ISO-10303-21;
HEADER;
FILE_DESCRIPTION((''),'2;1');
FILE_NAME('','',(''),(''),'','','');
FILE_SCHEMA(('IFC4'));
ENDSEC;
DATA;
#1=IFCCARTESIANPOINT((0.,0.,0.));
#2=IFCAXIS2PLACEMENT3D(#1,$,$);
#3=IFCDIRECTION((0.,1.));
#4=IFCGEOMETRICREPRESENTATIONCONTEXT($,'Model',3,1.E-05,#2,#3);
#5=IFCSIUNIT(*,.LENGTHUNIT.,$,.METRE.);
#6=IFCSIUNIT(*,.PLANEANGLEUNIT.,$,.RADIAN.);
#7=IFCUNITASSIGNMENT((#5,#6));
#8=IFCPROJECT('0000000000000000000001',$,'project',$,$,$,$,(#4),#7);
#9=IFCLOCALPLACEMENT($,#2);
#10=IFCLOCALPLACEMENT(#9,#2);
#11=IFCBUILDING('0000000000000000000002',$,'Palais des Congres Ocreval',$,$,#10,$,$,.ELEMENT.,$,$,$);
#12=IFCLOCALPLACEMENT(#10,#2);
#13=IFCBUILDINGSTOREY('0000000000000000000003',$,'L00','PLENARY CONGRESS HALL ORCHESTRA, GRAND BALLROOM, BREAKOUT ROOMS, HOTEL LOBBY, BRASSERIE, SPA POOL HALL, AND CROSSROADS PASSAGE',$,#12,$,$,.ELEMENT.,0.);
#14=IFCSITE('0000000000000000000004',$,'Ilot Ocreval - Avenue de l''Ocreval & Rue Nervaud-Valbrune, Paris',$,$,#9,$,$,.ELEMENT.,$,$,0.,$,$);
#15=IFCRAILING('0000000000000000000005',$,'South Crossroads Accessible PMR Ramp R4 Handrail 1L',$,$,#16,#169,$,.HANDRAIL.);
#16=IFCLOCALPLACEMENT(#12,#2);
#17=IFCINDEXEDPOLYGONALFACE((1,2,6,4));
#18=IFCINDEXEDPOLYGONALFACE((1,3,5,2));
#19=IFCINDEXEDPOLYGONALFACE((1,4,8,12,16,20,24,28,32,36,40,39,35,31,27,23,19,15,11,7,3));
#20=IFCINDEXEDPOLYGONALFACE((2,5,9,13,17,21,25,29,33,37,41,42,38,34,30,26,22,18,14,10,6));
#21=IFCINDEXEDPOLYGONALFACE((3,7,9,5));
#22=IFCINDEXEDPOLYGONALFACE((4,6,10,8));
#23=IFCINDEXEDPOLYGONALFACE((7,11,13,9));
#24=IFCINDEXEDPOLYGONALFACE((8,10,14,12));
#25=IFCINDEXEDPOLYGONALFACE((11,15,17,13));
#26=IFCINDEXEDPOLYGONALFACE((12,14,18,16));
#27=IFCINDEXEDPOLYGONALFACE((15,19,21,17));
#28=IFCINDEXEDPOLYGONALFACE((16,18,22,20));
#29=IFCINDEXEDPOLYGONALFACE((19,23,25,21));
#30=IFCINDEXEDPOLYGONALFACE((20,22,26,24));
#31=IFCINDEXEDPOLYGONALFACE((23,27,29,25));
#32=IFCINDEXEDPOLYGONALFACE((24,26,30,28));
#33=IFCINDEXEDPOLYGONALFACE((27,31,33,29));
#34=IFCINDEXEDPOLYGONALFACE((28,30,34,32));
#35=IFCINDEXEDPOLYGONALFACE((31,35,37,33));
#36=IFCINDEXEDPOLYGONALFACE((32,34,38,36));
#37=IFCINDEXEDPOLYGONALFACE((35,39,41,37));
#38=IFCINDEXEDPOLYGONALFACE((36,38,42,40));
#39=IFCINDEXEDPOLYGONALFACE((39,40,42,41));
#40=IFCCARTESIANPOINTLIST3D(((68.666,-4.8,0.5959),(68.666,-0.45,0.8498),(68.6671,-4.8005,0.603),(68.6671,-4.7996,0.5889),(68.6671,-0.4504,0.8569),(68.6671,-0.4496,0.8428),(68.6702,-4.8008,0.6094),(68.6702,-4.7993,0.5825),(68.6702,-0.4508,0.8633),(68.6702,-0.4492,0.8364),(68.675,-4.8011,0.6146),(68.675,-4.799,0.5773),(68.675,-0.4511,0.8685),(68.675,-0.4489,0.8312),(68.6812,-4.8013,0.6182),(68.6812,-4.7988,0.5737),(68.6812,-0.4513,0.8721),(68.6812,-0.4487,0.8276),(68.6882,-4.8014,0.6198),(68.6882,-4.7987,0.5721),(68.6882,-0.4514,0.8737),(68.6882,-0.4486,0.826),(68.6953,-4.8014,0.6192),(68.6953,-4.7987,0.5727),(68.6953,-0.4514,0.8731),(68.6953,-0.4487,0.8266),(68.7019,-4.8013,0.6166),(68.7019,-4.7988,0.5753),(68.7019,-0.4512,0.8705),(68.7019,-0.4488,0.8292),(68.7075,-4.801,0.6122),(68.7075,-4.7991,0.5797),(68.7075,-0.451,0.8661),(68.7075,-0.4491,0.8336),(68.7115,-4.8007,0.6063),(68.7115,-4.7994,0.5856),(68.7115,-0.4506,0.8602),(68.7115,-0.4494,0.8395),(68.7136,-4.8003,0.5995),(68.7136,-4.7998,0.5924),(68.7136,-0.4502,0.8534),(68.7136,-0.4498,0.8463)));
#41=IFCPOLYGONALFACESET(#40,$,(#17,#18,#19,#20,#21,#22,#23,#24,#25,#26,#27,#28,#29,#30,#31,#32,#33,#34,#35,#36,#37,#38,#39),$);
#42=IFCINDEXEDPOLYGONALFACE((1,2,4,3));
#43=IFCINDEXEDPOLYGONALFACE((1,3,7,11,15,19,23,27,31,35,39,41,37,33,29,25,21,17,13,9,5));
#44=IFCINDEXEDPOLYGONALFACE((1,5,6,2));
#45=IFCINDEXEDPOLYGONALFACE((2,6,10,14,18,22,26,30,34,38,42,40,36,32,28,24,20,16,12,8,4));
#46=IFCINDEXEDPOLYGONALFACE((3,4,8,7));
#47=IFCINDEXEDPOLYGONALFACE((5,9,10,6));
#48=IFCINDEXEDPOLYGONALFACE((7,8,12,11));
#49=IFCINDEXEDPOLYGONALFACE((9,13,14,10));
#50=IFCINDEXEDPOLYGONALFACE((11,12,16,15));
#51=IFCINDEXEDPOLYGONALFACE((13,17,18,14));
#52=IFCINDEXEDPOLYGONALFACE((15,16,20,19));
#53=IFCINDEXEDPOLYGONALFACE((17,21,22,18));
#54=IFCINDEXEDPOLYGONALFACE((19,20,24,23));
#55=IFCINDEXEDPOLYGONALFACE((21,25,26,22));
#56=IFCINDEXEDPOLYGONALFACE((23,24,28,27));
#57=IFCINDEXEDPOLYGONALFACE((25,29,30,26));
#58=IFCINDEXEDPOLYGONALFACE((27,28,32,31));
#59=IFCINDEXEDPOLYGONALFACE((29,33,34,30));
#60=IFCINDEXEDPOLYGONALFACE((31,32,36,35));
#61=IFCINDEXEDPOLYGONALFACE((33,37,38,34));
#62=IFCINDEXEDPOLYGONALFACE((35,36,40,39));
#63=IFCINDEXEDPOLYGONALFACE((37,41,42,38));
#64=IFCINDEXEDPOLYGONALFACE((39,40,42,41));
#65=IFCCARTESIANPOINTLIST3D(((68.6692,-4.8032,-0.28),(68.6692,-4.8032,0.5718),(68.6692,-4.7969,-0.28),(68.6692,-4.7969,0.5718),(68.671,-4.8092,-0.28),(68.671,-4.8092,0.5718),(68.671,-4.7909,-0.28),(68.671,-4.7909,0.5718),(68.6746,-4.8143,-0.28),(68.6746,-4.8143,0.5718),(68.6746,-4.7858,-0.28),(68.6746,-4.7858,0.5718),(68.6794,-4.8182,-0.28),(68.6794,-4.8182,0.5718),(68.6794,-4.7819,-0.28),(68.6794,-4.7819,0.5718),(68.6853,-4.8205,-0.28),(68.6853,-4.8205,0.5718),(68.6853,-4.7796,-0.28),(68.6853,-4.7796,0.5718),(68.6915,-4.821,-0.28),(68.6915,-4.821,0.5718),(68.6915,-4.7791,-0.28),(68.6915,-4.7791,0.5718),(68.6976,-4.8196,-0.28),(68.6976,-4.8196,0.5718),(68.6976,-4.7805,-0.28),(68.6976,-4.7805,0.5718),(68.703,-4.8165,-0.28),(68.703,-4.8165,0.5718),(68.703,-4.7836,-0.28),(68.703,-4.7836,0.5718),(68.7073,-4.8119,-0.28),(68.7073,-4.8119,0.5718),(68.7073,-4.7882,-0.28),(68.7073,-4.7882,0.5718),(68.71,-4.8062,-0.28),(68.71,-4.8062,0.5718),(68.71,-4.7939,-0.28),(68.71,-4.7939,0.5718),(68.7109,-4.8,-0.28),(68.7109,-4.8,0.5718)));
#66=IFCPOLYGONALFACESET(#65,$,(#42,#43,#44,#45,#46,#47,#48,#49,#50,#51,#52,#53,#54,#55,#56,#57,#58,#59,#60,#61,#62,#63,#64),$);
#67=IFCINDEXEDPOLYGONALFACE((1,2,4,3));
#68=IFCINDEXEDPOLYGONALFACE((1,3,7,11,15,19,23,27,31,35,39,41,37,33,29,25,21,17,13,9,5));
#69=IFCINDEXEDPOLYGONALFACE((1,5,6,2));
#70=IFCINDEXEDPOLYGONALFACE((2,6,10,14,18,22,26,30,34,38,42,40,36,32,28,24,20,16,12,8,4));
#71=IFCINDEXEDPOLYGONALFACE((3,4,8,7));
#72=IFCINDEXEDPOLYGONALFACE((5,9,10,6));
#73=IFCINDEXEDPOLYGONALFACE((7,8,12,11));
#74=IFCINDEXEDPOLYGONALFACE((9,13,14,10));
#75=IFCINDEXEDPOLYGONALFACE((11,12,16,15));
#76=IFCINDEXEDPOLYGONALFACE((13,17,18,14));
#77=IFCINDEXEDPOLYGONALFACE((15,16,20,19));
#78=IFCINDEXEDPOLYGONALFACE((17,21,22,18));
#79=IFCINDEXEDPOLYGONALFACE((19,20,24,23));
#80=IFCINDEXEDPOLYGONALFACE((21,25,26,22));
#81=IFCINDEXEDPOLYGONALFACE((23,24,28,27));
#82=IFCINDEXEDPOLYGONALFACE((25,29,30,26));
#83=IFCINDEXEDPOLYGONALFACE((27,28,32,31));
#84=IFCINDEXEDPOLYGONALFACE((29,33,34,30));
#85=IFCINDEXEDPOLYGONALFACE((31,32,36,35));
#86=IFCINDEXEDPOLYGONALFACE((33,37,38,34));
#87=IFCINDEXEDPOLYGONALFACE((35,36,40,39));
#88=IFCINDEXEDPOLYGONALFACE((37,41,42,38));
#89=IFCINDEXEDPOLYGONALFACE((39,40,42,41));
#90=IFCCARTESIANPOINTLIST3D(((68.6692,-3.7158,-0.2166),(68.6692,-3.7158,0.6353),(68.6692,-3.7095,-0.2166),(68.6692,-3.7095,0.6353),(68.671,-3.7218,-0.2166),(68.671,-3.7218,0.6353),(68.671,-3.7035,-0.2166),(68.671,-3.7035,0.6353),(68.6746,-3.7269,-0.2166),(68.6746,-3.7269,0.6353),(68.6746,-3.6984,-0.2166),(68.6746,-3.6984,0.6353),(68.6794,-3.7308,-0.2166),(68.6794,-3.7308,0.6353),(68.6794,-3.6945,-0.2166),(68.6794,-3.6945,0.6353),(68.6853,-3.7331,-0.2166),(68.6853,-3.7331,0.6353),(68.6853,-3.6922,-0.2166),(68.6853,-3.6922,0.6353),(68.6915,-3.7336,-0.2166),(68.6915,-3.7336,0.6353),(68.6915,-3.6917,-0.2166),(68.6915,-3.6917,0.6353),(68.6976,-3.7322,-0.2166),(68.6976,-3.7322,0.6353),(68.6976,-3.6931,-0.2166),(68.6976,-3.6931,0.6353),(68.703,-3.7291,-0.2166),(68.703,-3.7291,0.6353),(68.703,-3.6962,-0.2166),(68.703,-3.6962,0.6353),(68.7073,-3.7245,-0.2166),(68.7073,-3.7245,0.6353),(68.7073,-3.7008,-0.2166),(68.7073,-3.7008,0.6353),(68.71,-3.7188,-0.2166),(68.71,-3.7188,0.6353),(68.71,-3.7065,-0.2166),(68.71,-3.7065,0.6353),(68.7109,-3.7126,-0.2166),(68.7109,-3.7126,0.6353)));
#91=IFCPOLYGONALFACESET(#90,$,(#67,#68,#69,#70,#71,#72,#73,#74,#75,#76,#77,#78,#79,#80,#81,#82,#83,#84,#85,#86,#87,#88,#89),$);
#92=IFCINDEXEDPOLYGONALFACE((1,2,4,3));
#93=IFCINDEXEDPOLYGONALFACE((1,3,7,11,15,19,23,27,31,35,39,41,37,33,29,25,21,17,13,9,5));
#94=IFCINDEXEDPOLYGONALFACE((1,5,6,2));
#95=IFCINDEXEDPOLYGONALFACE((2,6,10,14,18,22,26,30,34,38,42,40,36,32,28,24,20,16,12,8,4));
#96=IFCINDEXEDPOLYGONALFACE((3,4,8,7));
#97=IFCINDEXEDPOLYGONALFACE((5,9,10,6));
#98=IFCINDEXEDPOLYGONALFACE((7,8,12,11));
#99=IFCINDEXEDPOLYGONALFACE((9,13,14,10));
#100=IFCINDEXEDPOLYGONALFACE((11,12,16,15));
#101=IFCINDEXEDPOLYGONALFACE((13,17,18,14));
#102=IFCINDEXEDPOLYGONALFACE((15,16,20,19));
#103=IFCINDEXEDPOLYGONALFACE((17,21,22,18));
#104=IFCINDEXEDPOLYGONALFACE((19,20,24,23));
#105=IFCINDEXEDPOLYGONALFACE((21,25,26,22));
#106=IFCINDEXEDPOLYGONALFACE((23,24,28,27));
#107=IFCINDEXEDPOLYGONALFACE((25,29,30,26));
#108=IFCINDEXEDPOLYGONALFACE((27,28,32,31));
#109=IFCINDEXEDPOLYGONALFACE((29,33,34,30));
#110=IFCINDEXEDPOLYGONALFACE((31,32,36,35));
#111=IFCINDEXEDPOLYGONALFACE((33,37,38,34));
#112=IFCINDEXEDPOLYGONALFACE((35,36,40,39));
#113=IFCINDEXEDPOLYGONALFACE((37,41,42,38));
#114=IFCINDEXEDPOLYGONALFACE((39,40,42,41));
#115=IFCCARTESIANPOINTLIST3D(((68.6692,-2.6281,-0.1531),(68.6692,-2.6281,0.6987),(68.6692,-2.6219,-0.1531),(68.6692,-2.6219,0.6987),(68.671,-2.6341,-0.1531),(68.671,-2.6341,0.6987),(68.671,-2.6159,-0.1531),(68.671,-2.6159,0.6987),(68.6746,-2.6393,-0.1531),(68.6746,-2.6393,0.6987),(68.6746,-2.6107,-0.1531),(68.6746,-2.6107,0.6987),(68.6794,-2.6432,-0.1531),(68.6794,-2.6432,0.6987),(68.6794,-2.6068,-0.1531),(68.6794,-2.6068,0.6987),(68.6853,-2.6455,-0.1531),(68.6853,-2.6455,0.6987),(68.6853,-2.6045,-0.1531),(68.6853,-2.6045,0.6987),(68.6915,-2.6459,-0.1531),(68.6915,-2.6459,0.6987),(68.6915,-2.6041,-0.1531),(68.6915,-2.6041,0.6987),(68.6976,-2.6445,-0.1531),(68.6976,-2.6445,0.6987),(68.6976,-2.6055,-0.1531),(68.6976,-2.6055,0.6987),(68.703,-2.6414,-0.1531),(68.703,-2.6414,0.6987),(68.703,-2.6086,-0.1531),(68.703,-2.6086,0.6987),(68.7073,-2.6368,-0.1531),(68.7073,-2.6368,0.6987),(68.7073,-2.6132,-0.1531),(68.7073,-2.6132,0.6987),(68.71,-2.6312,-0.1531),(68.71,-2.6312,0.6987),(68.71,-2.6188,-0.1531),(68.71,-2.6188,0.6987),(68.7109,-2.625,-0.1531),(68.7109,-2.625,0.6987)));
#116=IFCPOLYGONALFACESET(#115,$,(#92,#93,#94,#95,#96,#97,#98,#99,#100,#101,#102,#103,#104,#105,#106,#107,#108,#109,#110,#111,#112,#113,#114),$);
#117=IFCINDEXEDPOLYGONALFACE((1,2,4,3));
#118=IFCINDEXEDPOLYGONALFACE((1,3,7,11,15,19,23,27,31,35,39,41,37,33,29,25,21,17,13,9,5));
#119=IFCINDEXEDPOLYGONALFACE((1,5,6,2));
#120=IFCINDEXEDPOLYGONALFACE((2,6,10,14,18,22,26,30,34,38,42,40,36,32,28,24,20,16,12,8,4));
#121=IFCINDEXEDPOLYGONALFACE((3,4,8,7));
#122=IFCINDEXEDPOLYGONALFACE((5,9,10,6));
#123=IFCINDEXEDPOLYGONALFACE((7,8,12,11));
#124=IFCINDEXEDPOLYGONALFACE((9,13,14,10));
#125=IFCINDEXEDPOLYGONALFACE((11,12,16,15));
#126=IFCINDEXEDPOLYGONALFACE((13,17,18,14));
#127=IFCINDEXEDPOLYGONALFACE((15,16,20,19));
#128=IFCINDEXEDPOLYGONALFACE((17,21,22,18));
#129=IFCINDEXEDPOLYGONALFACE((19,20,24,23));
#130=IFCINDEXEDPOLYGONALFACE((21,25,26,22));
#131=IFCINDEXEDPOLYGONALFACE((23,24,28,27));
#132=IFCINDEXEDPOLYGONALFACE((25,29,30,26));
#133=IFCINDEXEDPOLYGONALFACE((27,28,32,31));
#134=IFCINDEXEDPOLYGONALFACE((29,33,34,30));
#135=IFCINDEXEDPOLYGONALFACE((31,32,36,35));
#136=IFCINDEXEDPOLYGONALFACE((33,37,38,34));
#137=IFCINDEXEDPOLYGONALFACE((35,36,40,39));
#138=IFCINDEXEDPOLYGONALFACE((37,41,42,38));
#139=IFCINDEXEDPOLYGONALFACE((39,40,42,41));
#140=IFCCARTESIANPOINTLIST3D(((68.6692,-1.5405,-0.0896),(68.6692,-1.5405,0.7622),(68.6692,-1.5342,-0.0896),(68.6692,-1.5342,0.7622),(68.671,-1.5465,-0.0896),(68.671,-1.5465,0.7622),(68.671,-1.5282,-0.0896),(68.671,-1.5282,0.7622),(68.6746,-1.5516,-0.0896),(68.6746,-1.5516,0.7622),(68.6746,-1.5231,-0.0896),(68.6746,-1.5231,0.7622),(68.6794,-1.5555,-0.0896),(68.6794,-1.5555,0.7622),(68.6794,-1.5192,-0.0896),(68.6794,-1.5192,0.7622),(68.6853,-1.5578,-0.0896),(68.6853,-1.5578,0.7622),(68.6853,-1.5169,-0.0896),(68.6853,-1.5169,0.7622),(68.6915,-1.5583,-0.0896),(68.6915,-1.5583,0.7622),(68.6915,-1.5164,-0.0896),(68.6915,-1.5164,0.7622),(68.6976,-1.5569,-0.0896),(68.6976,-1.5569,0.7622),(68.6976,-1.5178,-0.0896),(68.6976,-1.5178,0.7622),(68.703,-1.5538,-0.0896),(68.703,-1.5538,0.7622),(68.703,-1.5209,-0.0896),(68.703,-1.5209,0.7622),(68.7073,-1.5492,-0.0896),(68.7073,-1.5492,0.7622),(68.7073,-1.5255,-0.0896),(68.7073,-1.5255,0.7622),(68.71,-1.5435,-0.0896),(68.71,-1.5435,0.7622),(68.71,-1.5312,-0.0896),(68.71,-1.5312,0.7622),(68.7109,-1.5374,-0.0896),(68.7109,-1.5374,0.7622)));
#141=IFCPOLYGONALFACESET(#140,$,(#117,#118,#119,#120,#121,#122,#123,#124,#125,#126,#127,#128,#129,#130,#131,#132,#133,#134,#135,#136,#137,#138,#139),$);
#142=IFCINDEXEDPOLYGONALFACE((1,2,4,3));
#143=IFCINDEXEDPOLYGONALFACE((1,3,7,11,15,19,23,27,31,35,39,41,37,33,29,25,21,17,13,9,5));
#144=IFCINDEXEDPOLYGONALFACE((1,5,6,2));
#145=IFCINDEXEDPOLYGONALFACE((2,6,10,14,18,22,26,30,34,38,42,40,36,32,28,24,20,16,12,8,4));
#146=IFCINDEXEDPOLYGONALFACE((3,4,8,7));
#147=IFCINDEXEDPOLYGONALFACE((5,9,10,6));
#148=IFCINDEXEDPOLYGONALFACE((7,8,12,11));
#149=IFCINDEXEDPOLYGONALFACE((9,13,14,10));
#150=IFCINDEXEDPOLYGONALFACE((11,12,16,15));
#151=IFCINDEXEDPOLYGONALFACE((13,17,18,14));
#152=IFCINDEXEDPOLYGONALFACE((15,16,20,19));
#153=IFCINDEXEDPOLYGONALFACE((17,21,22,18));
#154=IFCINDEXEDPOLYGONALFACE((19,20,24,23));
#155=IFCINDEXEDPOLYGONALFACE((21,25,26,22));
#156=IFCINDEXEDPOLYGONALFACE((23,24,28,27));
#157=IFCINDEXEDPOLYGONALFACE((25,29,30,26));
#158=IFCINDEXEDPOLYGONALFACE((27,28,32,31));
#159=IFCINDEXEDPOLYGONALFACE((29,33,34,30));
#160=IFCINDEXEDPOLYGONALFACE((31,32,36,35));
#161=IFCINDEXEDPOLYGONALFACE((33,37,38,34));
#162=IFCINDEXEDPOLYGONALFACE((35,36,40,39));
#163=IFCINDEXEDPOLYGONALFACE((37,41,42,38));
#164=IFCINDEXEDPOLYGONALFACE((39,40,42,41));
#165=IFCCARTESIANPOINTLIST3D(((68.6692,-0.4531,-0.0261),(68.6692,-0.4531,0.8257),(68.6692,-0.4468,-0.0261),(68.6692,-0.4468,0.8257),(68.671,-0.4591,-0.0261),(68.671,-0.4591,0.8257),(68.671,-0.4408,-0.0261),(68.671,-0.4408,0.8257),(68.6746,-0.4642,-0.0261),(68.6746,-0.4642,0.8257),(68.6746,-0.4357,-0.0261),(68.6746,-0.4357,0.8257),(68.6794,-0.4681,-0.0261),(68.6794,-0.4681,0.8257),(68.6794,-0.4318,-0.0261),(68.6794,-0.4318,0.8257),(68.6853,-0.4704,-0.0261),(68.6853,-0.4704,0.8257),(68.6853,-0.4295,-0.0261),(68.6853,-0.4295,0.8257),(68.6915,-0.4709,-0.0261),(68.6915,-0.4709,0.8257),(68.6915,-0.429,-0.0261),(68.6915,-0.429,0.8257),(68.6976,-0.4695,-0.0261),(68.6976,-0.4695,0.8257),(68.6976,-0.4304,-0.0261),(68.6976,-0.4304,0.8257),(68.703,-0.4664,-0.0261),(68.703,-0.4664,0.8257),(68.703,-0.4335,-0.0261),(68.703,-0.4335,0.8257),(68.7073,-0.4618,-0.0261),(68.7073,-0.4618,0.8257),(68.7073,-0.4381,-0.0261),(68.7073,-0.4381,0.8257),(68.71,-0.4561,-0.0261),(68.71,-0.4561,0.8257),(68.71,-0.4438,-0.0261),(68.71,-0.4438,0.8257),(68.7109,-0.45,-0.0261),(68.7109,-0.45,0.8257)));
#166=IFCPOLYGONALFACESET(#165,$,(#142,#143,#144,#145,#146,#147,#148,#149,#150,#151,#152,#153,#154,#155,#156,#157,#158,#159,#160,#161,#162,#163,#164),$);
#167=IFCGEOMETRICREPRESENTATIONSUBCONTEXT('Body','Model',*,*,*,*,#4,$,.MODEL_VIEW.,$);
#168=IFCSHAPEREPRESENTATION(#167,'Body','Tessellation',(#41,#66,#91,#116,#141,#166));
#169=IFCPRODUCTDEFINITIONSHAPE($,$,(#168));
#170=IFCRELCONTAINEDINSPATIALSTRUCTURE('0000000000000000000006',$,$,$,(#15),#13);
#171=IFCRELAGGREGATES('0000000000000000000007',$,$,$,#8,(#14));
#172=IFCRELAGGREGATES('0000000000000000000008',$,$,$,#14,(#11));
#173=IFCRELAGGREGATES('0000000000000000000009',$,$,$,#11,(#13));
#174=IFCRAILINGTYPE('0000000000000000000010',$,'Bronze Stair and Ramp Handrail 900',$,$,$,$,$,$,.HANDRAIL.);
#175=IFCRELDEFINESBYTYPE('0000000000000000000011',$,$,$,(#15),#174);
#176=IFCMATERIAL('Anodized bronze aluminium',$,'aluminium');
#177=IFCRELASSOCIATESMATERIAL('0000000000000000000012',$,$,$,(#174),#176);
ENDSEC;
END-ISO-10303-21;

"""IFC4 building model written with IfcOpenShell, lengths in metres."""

from ifc_helpers import new_model, si_unit, direction, frame, origin, origin_2d, place, context, subcontext, project, spatial, circle, extrude, material, type_object, element, save


model = new_model("IFC4")

# Units and contexts
model_context = context("Model", 3, precision=1e-05, world=origin(), true_north=direction((0.0, 1.0)))
body_context = subcontext(model_context, "Body", "Model", "MODEL_VIEW")
ifc_project = project(units=[si_unit("LENGTHUNIT", "METRE"), si_unit("PLANEANGLEUNIT", "RADIAN")], contexts=[model_context])

# Site, building, storey
site_placement = place(None, origin())
site = spatial("IfcSite", under=ifc_project, at=site_placement, Name="Ilot Ocreval - Avenue de l'Ocreval & Rue Nervaud-Valbrune, Paris", CompositionType="ELEMENT", RefElevation=0.0)
building_placement = place(site_placement, origin())
building = spatial("IfcBuilding", under=site, at=building_placement, Name="Palais des Congres Ocreval", CompositionType="ELEMENT")
storey_placement = place(building_placement, origin())
storey = spatial("IfcBuildingStorey", under=building, at=storey_placement, Name="L00", Description="PLENARY CONGRESS HALL ORCHESTRA, GRAND BALLROOM, BREAKOUT ROOMS, HOTEL LOBBY, BRASSERIE, SPA POOL HALL, AND CROSSROADS PASSAGE", CompositionType="ELEMENT", Elevation=0.0)

# Shared definitions
ifc_material_1 = material(Name="Anodized bronze aluminium", Category="aluminium")

# Railing
railing_type = type_object("IfcRailingType", Name="Bronze Stair and Ramp Handrail 900", PredefinedType="HANDRAIL", material=ifc_material_1)
for number, where, name in (
    (1, (68.6899, -4.8, -0.28), "South Crossroads Accessible PMR Ramp R4 Handrail 1L"),
):
    element("IfcRailing", number, at=place(storey_placement, frame(where)), inside=storey, type_object=railing_type, Name=name, PredefinedType="HANDRAIL", context=body_context, shape_type="SweptSolid", body=[
        extrude(circle(Radius=0.0239, at=origin_2d()), frame((0.0, 0.0, 0.876), z_axis=(0.0, 0.998301, 0.058269), x_axis=(-1.0, 0.0, 0.0)), (0.0, 0.0, 1.0), 4.3574),
        extrude(circle(Radius=0.021, at=origin_2d()), origin(), (0.0, 0.0, 1.0), 0.8518),
        extrude(circle(Radius=0.021, at=origin_2d()), frame((0.0, 1.0874, 0.0635)), (0.0, 0.0, 1.0), 0.8518),
        extrude(circle(Radius=0.021, at=origin_2d()), frame((0.0, 2.175, 0.127)), (0.0, 0.0, 1.0), 0.8518),
        extrude(circle(Radius=0.021, at=origin_2d()), frame((0.0, 3.2627, 0.1904)), (0.0, 0.0, 1.0), 0.8518),
        extrude(circle(Radius=0.021, at=origin_2d()), frame((0.0, 4.3501, 0.2539)), (0.0, 0.0, 1.0), 0.8518),
    ])

save(model, "model.ifc")
